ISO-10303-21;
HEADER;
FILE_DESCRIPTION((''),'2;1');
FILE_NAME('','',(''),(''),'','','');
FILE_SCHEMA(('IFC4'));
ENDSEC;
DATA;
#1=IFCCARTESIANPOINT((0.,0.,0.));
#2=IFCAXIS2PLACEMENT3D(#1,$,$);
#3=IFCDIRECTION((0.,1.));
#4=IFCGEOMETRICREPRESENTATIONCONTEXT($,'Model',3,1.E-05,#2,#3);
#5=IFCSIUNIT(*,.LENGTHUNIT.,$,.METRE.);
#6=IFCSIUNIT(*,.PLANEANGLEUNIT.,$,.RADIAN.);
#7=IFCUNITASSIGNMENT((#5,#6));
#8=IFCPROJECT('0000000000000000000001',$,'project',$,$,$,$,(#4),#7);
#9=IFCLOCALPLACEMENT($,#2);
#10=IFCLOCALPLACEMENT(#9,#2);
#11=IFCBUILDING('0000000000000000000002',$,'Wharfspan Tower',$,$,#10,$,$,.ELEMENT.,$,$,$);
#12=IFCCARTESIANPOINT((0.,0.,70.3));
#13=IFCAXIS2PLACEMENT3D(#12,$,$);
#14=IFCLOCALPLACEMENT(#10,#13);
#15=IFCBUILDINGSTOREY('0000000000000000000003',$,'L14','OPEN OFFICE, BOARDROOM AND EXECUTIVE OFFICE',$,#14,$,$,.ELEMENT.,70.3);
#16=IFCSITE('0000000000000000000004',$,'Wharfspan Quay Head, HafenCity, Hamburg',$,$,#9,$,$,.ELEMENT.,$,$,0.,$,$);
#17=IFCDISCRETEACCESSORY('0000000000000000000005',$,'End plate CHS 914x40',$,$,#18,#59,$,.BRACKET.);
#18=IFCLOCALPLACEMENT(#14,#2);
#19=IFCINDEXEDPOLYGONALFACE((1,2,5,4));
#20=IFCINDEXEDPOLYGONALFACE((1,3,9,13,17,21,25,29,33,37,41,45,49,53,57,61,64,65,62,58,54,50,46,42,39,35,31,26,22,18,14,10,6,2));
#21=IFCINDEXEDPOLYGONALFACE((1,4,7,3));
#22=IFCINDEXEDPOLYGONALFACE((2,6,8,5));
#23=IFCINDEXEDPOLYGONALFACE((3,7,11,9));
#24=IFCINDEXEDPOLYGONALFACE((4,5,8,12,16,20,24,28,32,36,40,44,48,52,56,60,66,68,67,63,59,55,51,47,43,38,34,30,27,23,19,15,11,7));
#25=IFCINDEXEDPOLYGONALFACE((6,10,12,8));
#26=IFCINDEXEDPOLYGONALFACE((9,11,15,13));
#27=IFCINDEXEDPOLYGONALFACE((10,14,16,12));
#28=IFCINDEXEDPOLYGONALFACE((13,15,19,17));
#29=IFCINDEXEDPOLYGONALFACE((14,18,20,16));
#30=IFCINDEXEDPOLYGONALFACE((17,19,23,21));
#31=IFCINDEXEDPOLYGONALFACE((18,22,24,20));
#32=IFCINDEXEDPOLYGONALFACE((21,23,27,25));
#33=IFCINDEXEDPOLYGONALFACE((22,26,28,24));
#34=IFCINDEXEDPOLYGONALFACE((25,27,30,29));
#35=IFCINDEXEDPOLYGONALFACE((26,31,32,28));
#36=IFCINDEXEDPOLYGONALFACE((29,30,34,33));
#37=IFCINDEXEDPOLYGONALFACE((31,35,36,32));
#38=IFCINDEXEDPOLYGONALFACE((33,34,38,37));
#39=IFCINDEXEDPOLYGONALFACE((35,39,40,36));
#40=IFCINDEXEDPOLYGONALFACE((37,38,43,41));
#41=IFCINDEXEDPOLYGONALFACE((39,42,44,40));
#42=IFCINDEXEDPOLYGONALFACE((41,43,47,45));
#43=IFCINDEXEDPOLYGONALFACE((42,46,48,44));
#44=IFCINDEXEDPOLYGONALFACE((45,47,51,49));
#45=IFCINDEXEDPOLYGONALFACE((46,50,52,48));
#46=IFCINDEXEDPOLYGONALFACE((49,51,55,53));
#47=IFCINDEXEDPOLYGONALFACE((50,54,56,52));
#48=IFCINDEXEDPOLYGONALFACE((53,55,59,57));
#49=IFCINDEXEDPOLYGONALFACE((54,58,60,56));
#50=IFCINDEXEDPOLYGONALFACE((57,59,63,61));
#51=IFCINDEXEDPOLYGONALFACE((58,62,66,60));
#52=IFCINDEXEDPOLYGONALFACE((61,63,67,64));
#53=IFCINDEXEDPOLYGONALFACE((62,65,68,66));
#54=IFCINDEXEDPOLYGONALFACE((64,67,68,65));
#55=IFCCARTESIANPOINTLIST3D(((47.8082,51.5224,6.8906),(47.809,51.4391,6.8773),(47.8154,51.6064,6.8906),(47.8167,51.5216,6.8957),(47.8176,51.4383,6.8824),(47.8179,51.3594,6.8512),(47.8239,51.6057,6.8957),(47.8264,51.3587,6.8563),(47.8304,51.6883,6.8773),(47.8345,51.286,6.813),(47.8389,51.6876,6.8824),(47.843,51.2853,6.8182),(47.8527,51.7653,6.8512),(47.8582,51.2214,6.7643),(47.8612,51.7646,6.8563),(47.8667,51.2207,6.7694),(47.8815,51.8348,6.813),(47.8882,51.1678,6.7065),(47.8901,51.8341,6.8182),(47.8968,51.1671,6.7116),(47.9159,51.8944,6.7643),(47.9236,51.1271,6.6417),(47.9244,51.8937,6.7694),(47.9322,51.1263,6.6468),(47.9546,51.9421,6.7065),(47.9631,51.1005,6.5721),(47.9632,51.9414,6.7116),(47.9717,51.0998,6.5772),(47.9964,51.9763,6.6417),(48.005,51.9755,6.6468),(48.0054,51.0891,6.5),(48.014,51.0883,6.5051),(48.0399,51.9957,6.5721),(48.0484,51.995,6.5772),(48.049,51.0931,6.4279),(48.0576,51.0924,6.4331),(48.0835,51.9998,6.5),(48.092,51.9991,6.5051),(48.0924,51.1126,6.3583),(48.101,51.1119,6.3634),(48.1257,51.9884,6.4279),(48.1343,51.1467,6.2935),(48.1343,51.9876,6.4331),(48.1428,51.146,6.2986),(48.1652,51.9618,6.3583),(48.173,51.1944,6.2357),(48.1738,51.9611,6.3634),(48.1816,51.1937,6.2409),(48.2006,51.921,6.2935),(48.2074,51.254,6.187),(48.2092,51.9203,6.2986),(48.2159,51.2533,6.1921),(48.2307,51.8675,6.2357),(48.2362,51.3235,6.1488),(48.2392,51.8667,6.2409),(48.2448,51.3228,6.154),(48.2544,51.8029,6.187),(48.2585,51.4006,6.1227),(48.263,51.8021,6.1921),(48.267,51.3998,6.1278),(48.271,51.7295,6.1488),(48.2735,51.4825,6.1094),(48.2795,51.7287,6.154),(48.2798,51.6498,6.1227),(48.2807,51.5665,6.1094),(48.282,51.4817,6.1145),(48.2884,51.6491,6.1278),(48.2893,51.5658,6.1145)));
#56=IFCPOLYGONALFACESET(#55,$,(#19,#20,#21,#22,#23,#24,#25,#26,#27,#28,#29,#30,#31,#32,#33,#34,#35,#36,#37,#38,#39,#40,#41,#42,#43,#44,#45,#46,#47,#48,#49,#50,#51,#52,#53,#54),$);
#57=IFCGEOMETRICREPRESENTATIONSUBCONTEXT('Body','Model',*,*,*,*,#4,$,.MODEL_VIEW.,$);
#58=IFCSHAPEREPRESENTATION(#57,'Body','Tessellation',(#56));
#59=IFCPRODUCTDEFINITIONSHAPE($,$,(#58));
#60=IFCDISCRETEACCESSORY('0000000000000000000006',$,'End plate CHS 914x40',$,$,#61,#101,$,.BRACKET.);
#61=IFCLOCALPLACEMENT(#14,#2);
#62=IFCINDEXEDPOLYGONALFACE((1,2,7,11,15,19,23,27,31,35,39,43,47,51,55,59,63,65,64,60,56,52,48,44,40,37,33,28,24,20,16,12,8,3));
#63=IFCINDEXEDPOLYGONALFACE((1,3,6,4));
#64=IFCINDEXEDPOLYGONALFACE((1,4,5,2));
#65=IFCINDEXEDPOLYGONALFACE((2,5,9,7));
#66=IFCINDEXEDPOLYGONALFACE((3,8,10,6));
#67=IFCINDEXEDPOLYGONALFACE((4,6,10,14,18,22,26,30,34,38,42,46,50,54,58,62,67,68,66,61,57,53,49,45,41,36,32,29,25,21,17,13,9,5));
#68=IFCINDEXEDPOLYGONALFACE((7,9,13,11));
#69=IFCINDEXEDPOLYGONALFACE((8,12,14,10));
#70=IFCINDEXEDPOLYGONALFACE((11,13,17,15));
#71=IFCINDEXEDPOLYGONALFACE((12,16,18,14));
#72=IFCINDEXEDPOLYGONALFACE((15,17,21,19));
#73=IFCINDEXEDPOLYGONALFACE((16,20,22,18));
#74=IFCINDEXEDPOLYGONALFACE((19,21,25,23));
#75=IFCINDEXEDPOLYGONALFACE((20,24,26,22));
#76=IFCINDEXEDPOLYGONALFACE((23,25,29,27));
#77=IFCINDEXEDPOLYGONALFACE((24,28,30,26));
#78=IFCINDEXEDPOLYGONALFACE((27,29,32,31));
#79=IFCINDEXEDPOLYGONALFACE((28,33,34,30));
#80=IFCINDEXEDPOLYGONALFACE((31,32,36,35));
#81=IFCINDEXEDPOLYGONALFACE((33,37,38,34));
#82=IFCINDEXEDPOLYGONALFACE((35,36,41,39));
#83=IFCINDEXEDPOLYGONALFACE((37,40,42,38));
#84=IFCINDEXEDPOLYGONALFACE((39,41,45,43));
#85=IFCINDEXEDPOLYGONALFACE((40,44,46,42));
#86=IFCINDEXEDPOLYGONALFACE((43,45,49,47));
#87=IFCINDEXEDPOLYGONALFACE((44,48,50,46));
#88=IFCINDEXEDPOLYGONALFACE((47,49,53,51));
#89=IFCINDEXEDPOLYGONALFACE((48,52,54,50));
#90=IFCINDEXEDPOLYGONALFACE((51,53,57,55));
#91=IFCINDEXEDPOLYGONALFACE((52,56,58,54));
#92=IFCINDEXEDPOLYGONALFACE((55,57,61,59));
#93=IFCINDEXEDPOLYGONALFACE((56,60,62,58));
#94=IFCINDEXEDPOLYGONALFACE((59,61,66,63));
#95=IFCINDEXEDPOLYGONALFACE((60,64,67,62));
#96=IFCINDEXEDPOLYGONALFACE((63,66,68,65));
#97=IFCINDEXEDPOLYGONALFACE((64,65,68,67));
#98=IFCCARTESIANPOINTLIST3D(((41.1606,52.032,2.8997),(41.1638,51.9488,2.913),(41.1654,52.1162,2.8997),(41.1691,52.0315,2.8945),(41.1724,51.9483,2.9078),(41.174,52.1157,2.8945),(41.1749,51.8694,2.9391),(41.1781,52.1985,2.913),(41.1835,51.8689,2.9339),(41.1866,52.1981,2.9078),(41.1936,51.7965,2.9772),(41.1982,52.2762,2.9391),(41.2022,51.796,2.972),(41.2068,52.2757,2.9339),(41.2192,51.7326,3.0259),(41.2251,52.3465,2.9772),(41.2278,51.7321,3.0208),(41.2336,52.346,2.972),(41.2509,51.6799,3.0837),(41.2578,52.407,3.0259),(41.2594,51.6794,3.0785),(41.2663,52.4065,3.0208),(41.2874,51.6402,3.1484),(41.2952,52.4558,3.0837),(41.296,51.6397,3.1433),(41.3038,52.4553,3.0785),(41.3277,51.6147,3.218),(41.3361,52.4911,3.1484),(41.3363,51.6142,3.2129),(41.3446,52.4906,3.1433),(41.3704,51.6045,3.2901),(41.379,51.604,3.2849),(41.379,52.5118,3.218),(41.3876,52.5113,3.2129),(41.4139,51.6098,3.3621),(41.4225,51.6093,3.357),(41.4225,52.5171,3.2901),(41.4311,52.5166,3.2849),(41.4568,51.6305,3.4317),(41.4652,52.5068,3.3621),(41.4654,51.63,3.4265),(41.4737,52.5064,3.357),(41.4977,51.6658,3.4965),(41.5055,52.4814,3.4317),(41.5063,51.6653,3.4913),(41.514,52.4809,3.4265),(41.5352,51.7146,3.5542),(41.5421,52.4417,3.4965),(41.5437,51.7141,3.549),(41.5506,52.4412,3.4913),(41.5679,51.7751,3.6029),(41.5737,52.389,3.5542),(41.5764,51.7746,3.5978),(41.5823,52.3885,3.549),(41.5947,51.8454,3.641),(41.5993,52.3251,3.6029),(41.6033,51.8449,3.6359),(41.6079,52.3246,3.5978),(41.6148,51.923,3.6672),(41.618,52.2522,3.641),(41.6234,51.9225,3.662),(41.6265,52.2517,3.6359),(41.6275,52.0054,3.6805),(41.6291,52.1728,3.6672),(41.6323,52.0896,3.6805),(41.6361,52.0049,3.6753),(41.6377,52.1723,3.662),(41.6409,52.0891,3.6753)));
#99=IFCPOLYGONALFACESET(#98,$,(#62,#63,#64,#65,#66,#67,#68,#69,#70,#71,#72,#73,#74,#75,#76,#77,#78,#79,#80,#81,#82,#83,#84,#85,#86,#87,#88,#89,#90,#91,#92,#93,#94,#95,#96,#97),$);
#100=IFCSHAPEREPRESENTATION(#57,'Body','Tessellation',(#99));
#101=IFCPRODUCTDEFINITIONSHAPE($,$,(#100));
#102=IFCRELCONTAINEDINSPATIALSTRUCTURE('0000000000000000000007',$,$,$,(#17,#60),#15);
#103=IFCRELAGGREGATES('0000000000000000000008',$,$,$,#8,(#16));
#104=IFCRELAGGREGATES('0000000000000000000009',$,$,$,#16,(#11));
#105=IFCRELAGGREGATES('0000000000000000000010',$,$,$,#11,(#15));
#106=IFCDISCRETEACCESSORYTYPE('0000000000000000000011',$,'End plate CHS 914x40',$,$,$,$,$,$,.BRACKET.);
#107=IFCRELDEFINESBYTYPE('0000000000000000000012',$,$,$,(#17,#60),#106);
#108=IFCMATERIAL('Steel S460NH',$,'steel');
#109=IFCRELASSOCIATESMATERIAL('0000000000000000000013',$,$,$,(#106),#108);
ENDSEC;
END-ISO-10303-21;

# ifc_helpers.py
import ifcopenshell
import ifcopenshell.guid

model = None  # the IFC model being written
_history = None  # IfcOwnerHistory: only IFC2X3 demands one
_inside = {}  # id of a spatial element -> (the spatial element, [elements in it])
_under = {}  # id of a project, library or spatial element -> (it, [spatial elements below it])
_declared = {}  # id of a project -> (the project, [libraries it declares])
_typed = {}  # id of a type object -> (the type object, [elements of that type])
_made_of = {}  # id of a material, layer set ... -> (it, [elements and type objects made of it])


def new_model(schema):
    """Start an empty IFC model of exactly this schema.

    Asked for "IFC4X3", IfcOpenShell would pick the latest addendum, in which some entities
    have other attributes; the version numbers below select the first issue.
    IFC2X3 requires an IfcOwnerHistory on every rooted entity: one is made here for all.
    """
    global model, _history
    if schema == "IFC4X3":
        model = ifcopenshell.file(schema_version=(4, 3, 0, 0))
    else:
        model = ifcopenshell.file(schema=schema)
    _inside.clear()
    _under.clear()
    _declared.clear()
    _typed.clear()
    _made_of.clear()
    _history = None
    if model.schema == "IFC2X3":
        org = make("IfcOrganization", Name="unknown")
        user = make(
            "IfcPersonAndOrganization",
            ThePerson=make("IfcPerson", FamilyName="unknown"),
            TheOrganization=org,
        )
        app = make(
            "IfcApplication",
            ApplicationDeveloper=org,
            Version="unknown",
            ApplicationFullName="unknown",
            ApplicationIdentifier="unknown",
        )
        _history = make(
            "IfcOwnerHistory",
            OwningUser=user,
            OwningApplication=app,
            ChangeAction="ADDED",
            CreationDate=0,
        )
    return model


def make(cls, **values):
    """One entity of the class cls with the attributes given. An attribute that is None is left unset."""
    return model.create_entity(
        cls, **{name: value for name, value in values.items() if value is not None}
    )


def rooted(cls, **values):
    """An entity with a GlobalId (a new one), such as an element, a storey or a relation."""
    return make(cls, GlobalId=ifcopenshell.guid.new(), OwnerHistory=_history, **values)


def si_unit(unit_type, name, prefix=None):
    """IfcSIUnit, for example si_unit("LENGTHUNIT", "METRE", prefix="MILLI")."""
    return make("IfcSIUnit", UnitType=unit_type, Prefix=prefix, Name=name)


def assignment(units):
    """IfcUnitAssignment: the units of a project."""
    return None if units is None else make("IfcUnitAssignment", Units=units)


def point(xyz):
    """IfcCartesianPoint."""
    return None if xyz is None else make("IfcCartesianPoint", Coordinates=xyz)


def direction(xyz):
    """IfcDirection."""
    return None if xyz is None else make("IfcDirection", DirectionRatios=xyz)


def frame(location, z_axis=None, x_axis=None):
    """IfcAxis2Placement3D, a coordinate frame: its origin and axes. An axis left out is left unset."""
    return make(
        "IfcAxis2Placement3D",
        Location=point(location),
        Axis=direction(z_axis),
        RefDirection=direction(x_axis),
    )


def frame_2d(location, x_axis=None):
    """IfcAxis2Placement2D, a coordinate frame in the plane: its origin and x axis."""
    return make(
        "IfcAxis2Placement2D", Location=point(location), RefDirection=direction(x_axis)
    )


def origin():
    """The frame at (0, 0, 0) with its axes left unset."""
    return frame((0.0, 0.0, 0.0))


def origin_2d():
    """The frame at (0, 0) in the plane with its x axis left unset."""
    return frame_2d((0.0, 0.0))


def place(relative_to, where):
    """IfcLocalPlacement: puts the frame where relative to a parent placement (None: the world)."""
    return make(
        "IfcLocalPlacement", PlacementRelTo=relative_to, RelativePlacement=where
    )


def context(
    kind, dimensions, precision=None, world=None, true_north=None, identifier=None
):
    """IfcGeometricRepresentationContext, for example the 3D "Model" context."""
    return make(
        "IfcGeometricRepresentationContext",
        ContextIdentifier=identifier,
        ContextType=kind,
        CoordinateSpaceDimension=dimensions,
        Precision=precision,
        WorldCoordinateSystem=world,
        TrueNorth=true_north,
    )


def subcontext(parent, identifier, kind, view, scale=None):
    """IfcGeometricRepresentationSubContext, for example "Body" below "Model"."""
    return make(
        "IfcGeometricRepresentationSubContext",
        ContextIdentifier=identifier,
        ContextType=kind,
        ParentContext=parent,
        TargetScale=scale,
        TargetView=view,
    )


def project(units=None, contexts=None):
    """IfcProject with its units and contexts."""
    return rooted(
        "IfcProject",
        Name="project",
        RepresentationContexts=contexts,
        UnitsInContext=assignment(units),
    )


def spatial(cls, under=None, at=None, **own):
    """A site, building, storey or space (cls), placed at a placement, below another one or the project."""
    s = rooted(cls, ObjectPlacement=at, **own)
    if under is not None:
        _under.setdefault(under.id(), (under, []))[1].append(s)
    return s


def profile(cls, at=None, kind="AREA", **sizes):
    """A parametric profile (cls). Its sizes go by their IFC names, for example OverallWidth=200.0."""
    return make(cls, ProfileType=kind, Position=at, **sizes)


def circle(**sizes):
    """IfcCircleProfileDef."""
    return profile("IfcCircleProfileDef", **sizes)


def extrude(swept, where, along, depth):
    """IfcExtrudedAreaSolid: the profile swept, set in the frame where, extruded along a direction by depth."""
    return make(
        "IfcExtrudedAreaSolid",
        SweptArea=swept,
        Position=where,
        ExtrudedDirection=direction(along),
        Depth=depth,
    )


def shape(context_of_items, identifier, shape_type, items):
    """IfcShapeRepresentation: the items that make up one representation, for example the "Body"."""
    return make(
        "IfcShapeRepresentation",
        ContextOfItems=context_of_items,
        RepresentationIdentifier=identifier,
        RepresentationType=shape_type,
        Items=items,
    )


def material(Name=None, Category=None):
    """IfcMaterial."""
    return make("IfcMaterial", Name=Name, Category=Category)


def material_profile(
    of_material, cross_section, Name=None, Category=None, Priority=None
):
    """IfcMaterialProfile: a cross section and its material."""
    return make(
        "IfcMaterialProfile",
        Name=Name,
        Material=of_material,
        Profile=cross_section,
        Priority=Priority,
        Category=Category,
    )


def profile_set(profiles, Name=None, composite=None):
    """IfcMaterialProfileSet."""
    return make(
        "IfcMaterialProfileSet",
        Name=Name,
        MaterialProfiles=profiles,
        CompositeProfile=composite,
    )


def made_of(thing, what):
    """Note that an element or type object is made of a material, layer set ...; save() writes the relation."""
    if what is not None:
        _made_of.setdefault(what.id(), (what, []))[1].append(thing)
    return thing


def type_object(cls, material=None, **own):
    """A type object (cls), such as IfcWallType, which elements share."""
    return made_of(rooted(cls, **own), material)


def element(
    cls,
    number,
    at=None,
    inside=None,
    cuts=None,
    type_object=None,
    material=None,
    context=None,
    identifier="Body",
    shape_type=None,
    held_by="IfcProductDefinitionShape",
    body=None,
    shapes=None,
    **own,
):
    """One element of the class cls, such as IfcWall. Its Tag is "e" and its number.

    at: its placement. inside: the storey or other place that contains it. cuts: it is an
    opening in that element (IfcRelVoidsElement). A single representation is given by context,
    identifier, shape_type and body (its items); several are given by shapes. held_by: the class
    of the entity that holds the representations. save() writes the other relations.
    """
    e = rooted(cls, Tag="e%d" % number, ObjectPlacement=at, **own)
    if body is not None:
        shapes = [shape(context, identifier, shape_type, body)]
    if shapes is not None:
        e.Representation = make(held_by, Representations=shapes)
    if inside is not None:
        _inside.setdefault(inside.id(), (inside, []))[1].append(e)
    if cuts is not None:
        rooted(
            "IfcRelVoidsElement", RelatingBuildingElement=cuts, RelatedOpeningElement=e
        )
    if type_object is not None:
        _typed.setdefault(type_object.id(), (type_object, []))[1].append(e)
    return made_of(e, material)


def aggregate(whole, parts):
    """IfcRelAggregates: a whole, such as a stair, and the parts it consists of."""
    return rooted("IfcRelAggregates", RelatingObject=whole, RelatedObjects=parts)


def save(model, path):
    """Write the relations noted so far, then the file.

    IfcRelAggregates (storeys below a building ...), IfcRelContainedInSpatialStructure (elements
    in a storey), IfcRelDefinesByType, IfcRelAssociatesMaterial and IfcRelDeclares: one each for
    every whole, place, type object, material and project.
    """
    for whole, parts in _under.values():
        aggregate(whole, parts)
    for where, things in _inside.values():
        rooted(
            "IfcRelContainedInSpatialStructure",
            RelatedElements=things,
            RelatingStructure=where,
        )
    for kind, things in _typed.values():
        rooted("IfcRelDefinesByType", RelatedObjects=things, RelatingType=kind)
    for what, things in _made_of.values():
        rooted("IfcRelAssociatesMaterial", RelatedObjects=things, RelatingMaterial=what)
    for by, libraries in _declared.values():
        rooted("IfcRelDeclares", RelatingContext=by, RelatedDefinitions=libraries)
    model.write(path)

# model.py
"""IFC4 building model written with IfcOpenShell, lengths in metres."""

from ifc_helpers import new_model, si_unit, direction, frame, origin, origin_2d, place, context, subcontext, project, spatial, circle, extrude, material, material_profile, profile_set, type_object, element, save


model = new_model("IFC4")

# Units and contexts
model_context = context("Model", 3, precision=1e-05, world=origin(), true_north=direction((0.0, 1.0)))
body_context = subcontext(model_context, "Body", "Model", "MODEL_VIEW")
ifc_project = project(units=[si_unit("LENGTHUNIT", "METRE"), si_unit("PLANEANGLEUNIT", "RADIAN")], contexts=[model_context])

# Site, building, storey
site_placement = place(None, origin())
site = spatial("IfcSite", under=ifc_project, at=site_placement, Name="Wharfspan Quay Head, HafenCity, Hamburg", CompositionType="ELEMENT", RefElevation=0.0)
building_placement = place(site_placement, origin())
building = spatial("IfcBuilding", under=site, at=building_placement, Name="Wharfspan Tower", CompositionType="ELEMENT")
storey_placement = place(building_placement, frame((0.0, 0.0, 70.3)))
storey = spatial("IfcBuildingStorey", under=building, at=storey_placement, Name="L14", Description="OPEN OFFICE, BOARDROOM AND EXECUTIVE OFFICE", CompositionType="ELEMENT", Elevation=70.3)

# Shared definitions
ifc_material_1 = material(Name="Steel S460NH", Category="steel")

# Discrete accessories
ifc_material_profile_1 = material_profile(ifc_material_1, circle(Radius=0.457, at=origin_2d()))
ifc_profile_set_1 = profile_set([ifc_material_profile_1], Name="Steel S460NH")
discrete_accessory_type = type_object("IfcDiscreteAccessoryType", Name="End plate CHS 914x40", PredefinedType="BRACKET", material=ifc_profile_set_1)
for number, where, z_axis, x_axis, name in (
    (1, (48.0444, 51.5444, 6.5), (0.855186, -0.073302, 0.513112), (0.085402, 0.996345, -0.000001), "End plate CHS 914x40"),
    (2, (41.405, 52.0603, 3.2849), (-0.856465, 0.048941, 0.513879), (-0.05705, -0.998372, 0.0), "End plate CHS 914x40"),
):
    element("IfcDiscreteAccessory", number, at=place(storey_placement, frame(where, z_axis=z_axis, x_axis=x_axis)), inside=storey, type_object=discrete_accessory_type, Name=name, PredefinedType="BRACKET", context=body_context, shape_type="SweptSolid", body=[
        extrude(circle(Radius=0.457, at=origin_2d()), origin(), (0.0, 0.0, 1.0), 0.01),
    ])

save(model, "model.ifc")
